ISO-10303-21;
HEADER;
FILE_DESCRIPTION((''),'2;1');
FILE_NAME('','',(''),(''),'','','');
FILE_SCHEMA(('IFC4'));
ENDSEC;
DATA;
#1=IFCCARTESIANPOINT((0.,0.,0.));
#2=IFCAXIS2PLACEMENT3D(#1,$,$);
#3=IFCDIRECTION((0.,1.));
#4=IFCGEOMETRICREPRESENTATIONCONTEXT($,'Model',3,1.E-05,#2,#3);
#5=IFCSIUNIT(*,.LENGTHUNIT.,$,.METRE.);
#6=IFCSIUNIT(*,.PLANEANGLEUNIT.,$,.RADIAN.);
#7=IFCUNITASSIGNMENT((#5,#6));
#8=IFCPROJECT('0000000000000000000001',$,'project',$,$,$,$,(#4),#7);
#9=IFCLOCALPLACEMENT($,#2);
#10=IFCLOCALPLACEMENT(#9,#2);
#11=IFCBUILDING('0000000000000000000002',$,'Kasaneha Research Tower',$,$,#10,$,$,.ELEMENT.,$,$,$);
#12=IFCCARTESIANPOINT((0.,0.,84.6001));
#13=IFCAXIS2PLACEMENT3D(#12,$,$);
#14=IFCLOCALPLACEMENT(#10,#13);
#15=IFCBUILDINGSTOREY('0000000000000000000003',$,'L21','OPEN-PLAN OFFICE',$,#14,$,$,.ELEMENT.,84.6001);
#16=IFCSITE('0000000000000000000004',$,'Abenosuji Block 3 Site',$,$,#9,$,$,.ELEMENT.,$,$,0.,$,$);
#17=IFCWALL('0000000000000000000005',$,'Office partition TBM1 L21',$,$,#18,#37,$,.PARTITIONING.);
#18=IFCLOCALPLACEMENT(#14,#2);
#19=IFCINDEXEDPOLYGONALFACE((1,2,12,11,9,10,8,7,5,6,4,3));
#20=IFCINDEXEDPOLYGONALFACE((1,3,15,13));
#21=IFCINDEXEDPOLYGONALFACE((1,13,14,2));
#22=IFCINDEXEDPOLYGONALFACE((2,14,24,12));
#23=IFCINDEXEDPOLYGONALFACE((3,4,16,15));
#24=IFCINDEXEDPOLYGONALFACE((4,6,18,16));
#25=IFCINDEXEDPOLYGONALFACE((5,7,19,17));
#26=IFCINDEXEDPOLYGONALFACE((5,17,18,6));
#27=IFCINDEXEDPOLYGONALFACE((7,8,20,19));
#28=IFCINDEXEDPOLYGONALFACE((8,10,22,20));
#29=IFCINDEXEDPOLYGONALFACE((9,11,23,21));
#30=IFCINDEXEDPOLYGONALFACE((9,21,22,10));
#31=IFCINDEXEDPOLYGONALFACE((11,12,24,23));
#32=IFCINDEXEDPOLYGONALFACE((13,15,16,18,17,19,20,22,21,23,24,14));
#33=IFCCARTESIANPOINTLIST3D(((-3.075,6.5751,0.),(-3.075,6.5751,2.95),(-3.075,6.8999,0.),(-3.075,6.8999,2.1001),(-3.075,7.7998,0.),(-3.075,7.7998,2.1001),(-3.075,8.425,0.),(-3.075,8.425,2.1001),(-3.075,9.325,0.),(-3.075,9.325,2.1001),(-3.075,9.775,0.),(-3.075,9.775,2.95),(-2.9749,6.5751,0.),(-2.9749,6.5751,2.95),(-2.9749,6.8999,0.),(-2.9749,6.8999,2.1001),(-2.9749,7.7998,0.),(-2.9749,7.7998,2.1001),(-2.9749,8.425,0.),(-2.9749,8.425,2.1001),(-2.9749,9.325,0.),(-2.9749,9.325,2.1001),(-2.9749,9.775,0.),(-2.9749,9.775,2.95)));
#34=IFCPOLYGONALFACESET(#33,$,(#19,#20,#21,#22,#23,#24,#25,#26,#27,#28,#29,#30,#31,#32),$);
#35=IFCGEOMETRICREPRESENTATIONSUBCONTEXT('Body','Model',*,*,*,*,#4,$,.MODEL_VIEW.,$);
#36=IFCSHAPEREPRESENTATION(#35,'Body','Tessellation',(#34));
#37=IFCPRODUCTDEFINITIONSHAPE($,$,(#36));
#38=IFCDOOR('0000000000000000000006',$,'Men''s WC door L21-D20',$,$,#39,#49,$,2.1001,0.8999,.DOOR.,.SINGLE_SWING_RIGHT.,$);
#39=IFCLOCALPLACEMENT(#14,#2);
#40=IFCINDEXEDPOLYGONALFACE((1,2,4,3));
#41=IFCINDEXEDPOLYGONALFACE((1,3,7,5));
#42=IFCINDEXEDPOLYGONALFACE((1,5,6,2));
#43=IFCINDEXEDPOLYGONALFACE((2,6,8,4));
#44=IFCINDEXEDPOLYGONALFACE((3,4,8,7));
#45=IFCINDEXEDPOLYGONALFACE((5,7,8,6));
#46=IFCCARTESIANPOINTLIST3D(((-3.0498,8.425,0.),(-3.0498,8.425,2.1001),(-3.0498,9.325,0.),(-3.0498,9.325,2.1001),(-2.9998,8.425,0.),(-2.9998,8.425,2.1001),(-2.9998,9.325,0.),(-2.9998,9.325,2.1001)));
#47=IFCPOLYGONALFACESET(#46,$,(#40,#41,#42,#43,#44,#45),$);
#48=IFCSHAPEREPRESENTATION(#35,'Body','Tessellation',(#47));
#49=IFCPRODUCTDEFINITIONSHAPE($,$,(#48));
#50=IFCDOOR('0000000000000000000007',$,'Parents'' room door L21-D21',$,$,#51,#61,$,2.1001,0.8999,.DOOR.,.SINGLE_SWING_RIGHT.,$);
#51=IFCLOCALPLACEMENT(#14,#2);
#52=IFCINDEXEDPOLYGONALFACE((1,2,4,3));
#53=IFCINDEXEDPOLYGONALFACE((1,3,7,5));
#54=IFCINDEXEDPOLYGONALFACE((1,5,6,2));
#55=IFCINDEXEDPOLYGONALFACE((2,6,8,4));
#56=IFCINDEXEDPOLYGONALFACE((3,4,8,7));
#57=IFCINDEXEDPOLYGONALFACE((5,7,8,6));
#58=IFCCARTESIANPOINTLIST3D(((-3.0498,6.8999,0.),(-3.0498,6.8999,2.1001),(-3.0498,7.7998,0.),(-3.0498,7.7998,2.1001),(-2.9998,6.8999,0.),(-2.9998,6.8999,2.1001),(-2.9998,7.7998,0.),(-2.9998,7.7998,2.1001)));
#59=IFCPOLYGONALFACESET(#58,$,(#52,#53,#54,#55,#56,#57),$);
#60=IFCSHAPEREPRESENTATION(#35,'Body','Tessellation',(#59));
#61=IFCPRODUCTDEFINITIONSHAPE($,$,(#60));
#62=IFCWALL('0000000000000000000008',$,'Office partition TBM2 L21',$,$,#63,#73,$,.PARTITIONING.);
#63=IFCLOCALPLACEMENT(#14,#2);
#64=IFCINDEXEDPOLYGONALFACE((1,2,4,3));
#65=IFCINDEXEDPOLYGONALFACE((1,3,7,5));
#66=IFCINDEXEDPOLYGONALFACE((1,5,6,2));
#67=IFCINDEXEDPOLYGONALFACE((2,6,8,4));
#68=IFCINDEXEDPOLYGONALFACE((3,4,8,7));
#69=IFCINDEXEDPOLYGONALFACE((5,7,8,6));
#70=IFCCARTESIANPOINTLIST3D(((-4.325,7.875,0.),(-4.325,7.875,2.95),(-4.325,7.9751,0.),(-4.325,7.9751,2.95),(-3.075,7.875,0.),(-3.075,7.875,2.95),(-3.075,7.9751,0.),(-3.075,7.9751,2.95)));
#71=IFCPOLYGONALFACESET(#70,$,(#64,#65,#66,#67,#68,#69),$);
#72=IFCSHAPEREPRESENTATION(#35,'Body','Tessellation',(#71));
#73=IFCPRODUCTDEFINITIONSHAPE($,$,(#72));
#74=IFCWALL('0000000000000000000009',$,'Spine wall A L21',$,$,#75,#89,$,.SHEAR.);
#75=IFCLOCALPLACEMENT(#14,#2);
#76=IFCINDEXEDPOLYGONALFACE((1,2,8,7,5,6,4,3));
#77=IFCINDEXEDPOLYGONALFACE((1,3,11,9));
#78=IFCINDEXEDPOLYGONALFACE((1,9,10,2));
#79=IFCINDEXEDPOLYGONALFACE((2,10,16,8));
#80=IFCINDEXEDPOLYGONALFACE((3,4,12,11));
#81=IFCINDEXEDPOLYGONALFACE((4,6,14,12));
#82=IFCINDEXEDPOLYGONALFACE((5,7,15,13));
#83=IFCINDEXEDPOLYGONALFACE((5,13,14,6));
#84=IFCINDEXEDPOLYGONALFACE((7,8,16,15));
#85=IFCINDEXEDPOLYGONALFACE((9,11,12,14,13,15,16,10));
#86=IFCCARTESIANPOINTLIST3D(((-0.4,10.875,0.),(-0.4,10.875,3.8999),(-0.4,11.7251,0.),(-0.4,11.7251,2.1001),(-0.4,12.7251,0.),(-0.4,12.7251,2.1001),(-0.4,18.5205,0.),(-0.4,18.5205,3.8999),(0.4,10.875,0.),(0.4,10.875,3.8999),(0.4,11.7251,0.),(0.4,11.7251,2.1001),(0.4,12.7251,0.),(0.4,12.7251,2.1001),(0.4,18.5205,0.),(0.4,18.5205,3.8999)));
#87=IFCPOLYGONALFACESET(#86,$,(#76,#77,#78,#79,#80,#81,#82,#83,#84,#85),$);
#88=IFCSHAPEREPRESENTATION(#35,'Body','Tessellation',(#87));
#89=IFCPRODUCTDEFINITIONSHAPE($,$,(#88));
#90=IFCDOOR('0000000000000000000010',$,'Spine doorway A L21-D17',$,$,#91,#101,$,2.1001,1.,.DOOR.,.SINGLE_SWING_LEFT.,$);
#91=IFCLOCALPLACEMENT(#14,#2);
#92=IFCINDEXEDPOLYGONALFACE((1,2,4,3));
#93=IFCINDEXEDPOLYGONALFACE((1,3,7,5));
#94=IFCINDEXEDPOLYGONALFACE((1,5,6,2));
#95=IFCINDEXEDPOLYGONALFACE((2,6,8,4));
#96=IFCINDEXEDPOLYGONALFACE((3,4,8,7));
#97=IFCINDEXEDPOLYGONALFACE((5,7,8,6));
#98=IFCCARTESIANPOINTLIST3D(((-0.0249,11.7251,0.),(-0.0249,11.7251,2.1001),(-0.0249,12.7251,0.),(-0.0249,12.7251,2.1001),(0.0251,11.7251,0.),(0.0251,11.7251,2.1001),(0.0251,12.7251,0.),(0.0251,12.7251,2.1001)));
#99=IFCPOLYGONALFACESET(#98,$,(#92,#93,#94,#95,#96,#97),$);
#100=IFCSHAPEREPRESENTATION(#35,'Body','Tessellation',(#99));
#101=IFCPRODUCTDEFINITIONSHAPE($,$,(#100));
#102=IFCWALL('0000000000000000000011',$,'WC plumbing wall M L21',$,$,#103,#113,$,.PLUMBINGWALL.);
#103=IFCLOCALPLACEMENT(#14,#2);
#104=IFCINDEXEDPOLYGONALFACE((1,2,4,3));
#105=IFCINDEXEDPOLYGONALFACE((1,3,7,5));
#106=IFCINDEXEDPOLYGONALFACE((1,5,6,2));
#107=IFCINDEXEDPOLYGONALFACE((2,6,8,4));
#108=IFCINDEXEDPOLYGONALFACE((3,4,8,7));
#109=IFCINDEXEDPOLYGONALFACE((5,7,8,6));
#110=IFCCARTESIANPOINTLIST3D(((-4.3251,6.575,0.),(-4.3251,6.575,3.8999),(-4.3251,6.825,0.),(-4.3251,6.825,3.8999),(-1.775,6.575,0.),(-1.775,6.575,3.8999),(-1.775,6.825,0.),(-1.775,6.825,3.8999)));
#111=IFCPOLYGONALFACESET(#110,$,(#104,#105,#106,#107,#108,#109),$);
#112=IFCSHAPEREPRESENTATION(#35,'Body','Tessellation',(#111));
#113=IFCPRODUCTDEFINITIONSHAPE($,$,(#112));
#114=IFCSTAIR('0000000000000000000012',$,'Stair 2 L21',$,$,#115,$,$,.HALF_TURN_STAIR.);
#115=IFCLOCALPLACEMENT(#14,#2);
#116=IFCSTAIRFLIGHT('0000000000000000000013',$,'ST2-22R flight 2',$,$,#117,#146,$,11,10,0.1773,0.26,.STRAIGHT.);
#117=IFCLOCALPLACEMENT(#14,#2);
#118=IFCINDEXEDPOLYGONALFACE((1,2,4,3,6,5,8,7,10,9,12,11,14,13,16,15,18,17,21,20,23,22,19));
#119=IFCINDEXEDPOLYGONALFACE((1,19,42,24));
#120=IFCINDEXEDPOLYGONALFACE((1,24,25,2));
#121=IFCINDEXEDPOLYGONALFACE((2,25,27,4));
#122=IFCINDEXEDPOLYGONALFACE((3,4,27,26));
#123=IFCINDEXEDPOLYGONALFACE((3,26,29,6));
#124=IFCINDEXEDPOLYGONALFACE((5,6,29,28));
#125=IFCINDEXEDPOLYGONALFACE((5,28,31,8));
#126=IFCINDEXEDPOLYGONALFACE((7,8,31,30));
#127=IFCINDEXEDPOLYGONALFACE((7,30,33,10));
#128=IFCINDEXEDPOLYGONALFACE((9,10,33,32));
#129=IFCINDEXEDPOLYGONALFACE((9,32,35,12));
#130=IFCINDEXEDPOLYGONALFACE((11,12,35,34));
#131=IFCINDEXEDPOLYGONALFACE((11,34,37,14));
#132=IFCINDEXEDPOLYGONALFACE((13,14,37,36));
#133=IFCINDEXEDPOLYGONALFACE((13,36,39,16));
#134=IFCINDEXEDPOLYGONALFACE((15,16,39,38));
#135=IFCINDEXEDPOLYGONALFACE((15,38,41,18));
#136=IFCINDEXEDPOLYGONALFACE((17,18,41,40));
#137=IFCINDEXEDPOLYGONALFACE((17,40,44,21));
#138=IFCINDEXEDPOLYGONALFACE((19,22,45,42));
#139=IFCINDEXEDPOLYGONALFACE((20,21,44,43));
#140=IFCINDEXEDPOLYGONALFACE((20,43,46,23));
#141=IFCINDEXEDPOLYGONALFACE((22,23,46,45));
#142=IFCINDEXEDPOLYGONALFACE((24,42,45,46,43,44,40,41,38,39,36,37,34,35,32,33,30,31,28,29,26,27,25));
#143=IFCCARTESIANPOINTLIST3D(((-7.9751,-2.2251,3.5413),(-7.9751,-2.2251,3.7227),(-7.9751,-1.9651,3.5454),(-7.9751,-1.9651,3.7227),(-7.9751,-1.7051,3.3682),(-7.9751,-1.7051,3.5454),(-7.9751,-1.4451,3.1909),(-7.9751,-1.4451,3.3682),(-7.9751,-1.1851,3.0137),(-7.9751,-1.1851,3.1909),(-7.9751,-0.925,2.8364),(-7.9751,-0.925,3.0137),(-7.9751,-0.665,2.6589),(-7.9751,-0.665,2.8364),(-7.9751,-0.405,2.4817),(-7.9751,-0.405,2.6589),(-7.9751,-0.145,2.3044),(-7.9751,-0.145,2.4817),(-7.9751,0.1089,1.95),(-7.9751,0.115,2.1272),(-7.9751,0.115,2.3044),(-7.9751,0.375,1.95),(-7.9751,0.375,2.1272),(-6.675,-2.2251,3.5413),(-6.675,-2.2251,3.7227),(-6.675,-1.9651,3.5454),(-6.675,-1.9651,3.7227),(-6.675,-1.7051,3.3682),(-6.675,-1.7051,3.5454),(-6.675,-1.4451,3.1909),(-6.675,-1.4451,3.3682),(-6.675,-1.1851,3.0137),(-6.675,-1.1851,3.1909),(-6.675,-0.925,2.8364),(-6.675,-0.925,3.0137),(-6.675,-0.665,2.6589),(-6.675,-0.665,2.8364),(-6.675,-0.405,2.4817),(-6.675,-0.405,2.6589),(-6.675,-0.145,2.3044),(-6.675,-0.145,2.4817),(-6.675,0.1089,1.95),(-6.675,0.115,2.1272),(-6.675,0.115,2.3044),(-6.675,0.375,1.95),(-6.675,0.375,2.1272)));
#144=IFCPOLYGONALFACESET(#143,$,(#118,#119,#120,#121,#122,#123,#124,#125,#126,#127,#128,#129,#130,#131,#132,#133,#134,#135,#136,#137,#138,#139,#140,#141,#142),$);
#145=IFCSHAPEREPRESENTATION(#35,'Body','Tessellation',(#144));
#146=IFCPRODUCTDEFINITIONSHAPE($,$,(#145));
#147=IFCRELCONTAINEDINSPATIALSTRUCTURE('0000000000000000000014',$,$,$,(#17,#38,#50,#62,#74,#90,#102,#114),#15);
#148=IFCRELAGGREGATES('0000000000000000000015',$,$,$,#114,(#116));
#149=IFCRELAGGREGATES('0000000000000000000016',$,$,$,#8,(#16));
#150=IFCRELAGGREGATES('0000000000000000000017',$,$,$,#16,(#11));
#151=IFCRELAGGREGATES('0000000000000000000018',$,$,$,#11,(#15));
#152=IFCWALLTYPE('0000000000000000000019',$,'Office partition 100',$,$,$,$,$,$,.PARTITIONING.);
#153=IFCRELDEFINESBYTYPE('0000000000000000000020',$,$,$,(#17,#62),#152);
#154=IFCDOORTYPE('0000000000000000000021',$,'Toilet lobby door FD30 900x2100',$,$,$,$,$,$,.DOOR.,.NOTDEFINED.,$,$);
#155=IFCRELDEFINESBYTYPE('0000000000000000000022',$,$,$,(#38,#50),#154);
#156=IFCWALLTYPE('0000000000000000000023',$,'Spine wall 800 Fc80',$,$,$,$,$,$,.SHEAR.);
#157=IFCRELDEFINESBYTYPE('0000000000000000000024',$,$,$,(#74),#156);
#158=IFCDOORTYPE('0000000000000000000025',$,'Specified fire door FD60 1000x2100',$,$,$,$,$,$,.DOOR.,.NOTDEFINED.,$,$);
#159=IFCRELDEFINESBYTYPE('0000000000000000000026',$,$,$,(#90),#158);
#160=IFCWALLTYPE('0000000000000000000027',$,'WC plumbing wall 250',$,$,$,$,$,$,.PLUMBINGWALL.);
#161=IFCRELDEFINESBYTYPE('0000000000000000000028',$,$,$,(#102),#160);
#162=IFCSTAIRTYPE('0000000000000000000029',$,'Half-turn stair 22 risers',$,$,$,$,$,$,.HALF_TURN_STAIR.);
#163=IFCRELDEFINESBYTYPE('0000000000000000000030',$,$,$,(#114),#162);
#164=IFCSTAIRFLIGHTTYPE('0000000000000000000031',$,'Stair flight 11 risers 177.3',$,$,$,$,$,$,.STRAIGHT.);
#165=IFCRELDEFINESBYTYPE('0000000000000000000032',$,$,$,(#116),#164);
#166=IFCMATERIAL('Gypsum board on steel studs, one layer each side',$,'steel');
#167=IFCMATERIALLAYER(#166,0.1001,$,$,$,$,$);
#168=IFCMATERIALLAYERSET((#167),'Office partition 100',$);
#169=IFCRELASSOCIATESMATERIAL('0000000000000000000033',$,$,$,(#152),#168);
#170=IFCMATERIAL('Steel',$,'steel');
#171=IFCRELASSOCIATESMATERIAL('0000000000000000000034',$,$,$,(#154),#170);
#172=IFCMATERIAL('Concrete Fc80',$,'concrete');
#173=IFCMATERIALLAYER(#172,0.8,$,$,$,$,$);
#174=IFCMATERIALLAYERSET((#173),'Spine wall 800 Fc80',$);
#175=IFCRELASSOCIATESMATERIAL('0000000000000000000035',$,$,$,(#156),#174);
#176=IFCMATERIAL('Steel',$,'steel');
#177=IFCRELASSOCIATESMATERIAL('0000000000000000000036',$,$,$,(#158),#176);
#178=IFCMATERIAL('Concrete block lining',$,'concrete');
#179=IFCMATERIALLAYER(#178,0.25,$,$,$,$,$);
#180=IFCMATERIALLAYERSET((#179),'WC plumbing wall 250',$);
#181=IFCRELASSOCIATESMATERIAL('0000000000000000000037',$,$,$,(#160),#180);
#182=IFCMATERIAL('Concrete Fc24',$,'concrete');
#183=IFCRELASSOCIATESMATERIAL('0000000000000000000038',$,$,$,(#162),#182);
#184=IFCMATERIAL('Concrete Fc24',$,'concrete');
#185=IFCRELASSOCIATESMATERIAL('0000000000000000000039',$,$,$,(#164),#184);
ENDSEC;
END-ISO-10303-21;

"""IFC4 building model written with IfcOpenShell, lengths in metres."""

from ifc_helpers import new_model, si_unit, direction, frame, frame_2d, origin, place, context, subcontext, project, spatial, polyline, rectangle, outline, extrude, material, layer, layer_set, type_object, element, fill, aggregate, save


model = new_model("IFC4")

# Units and contexts
model_context = context("Model", 3, precision=1e-05, world=origin(), true_north=direction((0.0, 1.0)))
body_context = subcontext(model_context, "Body", "Model", "MODEL_VIEW")
ifc_project = project(units=[si_unit("LENGTHUNIT", "METRE"), si_unit("PLANEANGLEUNIT", "RADIAN")], contexts=[model_context])

# Site, building, storey
site_placement = place(None, origin())
site = spatial("IfcSite", under=ifc_project, at=site_placement, Name="Abenosuji Block 3 Site", CompositionType="ELEMENT", RefElevation=0.0)
building_placement = place(site_placement, origin())
building = spatial("IfcBuilding", under=site, at=building_placement, Name="Kasaneha Research Tower", CompositionType="ELEMENT")
storey_placement = place(building_placement, frame((0.0, 0.0, 84.6001)))
storey = spatial("IfcBuildingStorey", under=building, at=storey_placement, Name="L21", Description="OPEN-PLAN OFFICE", CompositionType="ELEMENT", Elevation=84.6001)

# Wall, openings, doors
ifc_material_1 = material(Name="Gypsum board on steel studs, one layer each side", Category="steel")
ifc_layer_1 = layer(ifc_material_1, 0.1001)
ifc_layer_set_1 = layer_set([ifc_layer_1], Name="Office partition 100")
wall_type_1 = type_object("IfcWallType", Name="Office partition 100", PredefinedType="PARTITIONING", material=ifc_layer_set_1)
wall_1_placement = place(storey_placement, frame((-3.0249, 6.575, 0.0), z_axis=(0.0, 0.0, 1.0), x_axis=(0.0, 1.0, 0.0)))
wall_1 = element("IfcWall", 1, at=wall_1_placement, inside=storey, type_object=wall_type_1, Name="Office partition TBM1 L21", PredefinedType="PARTITIONING", context=body_context, shape_type="SweptSolid", body=[
    extrude(rectangle(XDim=3.2, YDim=0.1001, at=frame_2d((1.6001, 0.0))), origin(), (0.0, 0.0, 1.0), 2.95),
])
opening_1_placement = place(wall_1_placement, frame((1.8501, 0.0, 0.0)))
opening_1 = element("IfcOpeningElement", 2, at=opening_1_placement, cuts=wall_1, PredefinedType="OPENING", context=body_context, shape_type="SweptSolid", body=[
    extrude(rectangle(XDim=0.8999, YDim=2.1001, at=frame_2d((0.45, 1.05))), frame((0.0, 0.0601, 0.0), z_axis=(0.0, -1.0, 0.0), x_axis=(1.0, 0.0, 0.0)), (0.0, 0.0, 1.0), 0.1201),
])
opening_2_placement = place(wall_1_placement, frame((0.325, 0.0, 0.0)))
opening_2 = element("IfcOpeningElement", 3, at=opening_2_placement, cuts=wall_1, PredefinedType="OPENING", context=body_context, shape_type="SweptSolid", body=[
    extrude(rectangle(XDim=0.8999, YDim=2.1001, at=frame_2d((0.45, 1.05))), frame((0.0, 0.0601, 0.0), z_axis=(0.0, -1.0, 0.0), x_axis=(1.0, 0.0, 0.0)), (0.0, 0.0, 1.0), 0.1201),
])
ifc_material_2 = material(Name="Steel", Category="steel")
door_type_1 = type_object("IfcDoorType", Name="Toilet lobby door FD30 900x2100", OperationType="NOTDEFINED", PredefinedType="DOOR", material=ifc_material_2)
door_1_placement = place(opening_1_placement, origin())
door_1 = element("IfcDoor", 4, at=door_1_placement, inside=storey, type_object=door_type_1, Name="Men's WC door L21-D20", OperationType="SINGLE_SWING_RIGHT", OverallHeight=2.1001, OverallWidth=0.8999, PredefinedType="DOOR", context=body_context, shape_type="SweptSolid", body=[
    extrude(rectangle(XDim=0.8999, YDim=2.1001, at=frame_2d((0.45, 1.05))), frame((0.0, 0.0249, 0.0), z_axis=(0.0, -1.0, 0.0), x_axis=(1.0, 0.0, 0.0)), (0.0, 0.0, 1.0), 0.05),
])
fill(opening_1, door_1)
door_2_placement = place(opening_2_placement, origin())
door_2 = element("IfcDoor", 5, at=door_2_placement, inside=storey, type_object=door_type_1, Name="Parents' room door L21-D21", OperationType="SINGLE_SWING_RIGHT", OverallHeight=2.1001, OverallWidth=0.8999, PredefinedType="DOOR", context=body_context, shape_type="SweptSolid", body=[
    extrude(rectangle(XDim=0.8999, YDim=2.1001, at=frame_2d((0.45, 1.05))), frame((0.0, 0.0249, 0.0), z_axis=(0.0, -1.0, 0.0), x_axis=(1.0, 0.0, 0.0)), (0.0, 0.0, 1.0), 0.05),
])
fill(opening_2, door_2)

# Wall
wall_2_placement = place(storey_placement, frame((-3.075, 7.925, 0.0), z_axis=(0.0, 0.0, 1.0), x_axis=(-1.0, 0.0, 0.0)))
element("IfcWall", 6, at=wall_2_placement, inside=storey, type_object=wall_type_1, Name="Office partition TBM2 L21", PredefinedType="PARTITIONING", context=body_context, shape_type="SweptSolid", body=[
    extrude(rectangle(XDim=1.25, YDim=0.1001, at=frame_2d((0.625, 0.0))), origin(), (0.0, 0.0, 1.0), 2.95),
])

# Wall, opening, door
ifc_material_3 = material(Name="Concrete Fc80", Category="concrete")
ifc_layer_2 = layer(ifc_material_3, 0.8)
ifc_layer_set_2 = layer_set([ifc_layer_2], Name="Spine wall 800 Fc80")
wall_type_2 = type_object("IfcWallType", Name="Spine wall 800 Fc80", PredefinedType="SHEAR", material=ifc_layer_set_2)
wall_3_placement = place(storey_placement, frame((0.0, 10.875, 0.0), z_axis=(0.0, 0.0, 1.0), x_axis=(0.0, 1.0, 0.0)))
wall_3 = element("IfcWall", 7, at=wall_3_placement, inside=storey, type_object=wall_type_2, Name="Spine wall A L21", PredefinedType="SHEAR", context=body_context, shape_type="SweptSolid", body=[
    extrude(rectangle(XDim=7.6455, YDim=0.8, at=frame_2d((3.8228, 0.0))), origin(), (0.0, 0.0, 1.0), 3.8999),
])
opening_3_placement = place(wall_3_placement, frame((0.8501, 0.0, 0.0)))
opening_3 = element("IfcOpeningElement", 8, at=opening_3_placement, cuts=wall_3, PredefinedType="OPENING", context=body_context, shape_type="SweptSolid", body=[
    extrude(rectangle(XDim=1.0, YDim=2.1001, at=frame_2d((0.5, 1.05))), frame((0.0, 0.4102, 0.0), z_axis=(0.0, -1.0, 0.0), x_axis=(1.0, 0.0, 0.0)), (0.0, 0.0, 1.0), 0.8201),
])
ifc_material_4 = material(Name="Steel", Category="steel")
door_type_2 = type_object("IfcDoorType", Name="Specified fire door FD60 1000x2100", OperationType="NOTDEFINED", PredefinedType="DOOR", material=ifc_material_4)
door_3_placement = place(opening_3_placement, origin())
door_3 = element("IfcDoor", 9, at=door_3_placement, inside=storey, type_object=door_type_2, Name="Spine doorway A L21-D17", OperationType="SINGLE_SWING_LEFT", OverallHeight=2.1001, OverallWidth=1.0, PredefinedType="DOOR", context=body_context, shape_type="SweptSolid", body=[
    extrude(rectangle(XDim=1.0, YDim=2.1001, at=frame_2d((0.5, 1.05))), frame((0.0, 0.0249, 0.0), z_axis=(0.0, -1.0, 0.0), x_axis=(1.0, 0.0, 0.0)), (0.0, 0.0, 1.0), 0.05),
])
fill(opening_3, door_3)

# Wall
ifc_material_5 = material(Name="Concrete block lining", Category="concrete")
ifc_layer_3 = layer(ifc_material_5, 0.25)
ifc_layer_set_3 = layer_set([ifc_layer_3], Name="WC plumbing wall 250")
wall_type_3 = type_object("IfcWallType", Name="WC plumbing wall 250", PredefinedType="PLUMBINGWALL", material=ifc_layer_set_3)
wall_4_placement = place(storey_placement, frame((-4.325, 6.7, 0.0), z_axis=(0.0, 0.0, 1.0), x_axis=(1.0, 0.0, 0.0)))
element("IfcWall", 10, at=wall_4_placement, inside=storey, type_object=wall_type_3, Name="WC plumbing wall M L21", PredefinedType="PLUMBINGWALL", context=body_context, shape_type="SweptSolid", body=[
    extrude(rectangle(XDim=2.55, YDim=0.25, at=frame_2d((1.2749, 0.0))), origin(), (0.0, 0.0, 1.0), 3.8999),
])

# Stair, stair flight
ifc_material_6 = material(Name="Concrete Fc24", Category="concrete")
stair_type = type_object("IfcStairType", Name="Half-turn stair 22 risers", PredefinedType="HALF_TURN_STAIR", material=ifc_material_6)
stair_placement = place(storey_placement, origin())
stair = element("IfcStair", 11, at=stair_placement, inside=storey, type_object=stair_type, Name="Stair 2 L21", PredefinedType="HALF_TURN_STAIR")
ifc_material_7 = material(Name="Concrete Fc24", Category="concrete")
stair_flight_type = type_object("IfcStairFlightType", Name="Stair flight 11 risers 177.3", PredefinedType="STRAIGHT", material=ifc_material_7)
stair_flight_placement = place(storey_placement, frame((-7.325, 0.375, 1.95), z_axis=(0.0, 0.0, 1.0), x_axis=(0.0, -1.0, 0.0)))
stair_flight = element("IfcStairFlight", 12, at=stair_flight_placement, type_object=stair_flight_type, Name="ST2-22R flight 2", NumberOfRisers=11, NumberOfTreads=10, PredefinedType="STRAIGHT", RiserHeight=0.1773, TreadLength=0.26, context=body_context, shape_type="SweptSolid", body=[
    extrude(outline(polyline([(0.0, 0.0), (0.0, 0.1772), (0.26, 0.1772), (0.26, 0.3545), (0.52, 0.3545), (0.52, 0.5317), (0.78, 0.5317), (0.78, 0.709), (1.04, 0.709), (1.04, 0.8865), (1.3, 0.8865), (1.3, 1.0637), (1.5601, 1.0637), (1.5601, 1.241), (1.8201, 1.241), (1.8201, 1.4182), (2.0801, 1.4182), (2.0801, 1.5955), (2.3401, 1.5955), (2.3401, 1.7727), (2.6001, 1.7727), (2.6001, 1.95), (2.6001, 1.5913), (0.2661, 0.0), (0.0, 0.0)])), frame((0.0, 0.6499, 0.0), z_axis=(0.0, -1.0, 0.0), x_axis=(1.0, 0.0, 0.0)), (0.0, 0.0, 1.0), 1.3),
])
aggregate(stair, [stair_flight])

save(model, "model.ifc")
